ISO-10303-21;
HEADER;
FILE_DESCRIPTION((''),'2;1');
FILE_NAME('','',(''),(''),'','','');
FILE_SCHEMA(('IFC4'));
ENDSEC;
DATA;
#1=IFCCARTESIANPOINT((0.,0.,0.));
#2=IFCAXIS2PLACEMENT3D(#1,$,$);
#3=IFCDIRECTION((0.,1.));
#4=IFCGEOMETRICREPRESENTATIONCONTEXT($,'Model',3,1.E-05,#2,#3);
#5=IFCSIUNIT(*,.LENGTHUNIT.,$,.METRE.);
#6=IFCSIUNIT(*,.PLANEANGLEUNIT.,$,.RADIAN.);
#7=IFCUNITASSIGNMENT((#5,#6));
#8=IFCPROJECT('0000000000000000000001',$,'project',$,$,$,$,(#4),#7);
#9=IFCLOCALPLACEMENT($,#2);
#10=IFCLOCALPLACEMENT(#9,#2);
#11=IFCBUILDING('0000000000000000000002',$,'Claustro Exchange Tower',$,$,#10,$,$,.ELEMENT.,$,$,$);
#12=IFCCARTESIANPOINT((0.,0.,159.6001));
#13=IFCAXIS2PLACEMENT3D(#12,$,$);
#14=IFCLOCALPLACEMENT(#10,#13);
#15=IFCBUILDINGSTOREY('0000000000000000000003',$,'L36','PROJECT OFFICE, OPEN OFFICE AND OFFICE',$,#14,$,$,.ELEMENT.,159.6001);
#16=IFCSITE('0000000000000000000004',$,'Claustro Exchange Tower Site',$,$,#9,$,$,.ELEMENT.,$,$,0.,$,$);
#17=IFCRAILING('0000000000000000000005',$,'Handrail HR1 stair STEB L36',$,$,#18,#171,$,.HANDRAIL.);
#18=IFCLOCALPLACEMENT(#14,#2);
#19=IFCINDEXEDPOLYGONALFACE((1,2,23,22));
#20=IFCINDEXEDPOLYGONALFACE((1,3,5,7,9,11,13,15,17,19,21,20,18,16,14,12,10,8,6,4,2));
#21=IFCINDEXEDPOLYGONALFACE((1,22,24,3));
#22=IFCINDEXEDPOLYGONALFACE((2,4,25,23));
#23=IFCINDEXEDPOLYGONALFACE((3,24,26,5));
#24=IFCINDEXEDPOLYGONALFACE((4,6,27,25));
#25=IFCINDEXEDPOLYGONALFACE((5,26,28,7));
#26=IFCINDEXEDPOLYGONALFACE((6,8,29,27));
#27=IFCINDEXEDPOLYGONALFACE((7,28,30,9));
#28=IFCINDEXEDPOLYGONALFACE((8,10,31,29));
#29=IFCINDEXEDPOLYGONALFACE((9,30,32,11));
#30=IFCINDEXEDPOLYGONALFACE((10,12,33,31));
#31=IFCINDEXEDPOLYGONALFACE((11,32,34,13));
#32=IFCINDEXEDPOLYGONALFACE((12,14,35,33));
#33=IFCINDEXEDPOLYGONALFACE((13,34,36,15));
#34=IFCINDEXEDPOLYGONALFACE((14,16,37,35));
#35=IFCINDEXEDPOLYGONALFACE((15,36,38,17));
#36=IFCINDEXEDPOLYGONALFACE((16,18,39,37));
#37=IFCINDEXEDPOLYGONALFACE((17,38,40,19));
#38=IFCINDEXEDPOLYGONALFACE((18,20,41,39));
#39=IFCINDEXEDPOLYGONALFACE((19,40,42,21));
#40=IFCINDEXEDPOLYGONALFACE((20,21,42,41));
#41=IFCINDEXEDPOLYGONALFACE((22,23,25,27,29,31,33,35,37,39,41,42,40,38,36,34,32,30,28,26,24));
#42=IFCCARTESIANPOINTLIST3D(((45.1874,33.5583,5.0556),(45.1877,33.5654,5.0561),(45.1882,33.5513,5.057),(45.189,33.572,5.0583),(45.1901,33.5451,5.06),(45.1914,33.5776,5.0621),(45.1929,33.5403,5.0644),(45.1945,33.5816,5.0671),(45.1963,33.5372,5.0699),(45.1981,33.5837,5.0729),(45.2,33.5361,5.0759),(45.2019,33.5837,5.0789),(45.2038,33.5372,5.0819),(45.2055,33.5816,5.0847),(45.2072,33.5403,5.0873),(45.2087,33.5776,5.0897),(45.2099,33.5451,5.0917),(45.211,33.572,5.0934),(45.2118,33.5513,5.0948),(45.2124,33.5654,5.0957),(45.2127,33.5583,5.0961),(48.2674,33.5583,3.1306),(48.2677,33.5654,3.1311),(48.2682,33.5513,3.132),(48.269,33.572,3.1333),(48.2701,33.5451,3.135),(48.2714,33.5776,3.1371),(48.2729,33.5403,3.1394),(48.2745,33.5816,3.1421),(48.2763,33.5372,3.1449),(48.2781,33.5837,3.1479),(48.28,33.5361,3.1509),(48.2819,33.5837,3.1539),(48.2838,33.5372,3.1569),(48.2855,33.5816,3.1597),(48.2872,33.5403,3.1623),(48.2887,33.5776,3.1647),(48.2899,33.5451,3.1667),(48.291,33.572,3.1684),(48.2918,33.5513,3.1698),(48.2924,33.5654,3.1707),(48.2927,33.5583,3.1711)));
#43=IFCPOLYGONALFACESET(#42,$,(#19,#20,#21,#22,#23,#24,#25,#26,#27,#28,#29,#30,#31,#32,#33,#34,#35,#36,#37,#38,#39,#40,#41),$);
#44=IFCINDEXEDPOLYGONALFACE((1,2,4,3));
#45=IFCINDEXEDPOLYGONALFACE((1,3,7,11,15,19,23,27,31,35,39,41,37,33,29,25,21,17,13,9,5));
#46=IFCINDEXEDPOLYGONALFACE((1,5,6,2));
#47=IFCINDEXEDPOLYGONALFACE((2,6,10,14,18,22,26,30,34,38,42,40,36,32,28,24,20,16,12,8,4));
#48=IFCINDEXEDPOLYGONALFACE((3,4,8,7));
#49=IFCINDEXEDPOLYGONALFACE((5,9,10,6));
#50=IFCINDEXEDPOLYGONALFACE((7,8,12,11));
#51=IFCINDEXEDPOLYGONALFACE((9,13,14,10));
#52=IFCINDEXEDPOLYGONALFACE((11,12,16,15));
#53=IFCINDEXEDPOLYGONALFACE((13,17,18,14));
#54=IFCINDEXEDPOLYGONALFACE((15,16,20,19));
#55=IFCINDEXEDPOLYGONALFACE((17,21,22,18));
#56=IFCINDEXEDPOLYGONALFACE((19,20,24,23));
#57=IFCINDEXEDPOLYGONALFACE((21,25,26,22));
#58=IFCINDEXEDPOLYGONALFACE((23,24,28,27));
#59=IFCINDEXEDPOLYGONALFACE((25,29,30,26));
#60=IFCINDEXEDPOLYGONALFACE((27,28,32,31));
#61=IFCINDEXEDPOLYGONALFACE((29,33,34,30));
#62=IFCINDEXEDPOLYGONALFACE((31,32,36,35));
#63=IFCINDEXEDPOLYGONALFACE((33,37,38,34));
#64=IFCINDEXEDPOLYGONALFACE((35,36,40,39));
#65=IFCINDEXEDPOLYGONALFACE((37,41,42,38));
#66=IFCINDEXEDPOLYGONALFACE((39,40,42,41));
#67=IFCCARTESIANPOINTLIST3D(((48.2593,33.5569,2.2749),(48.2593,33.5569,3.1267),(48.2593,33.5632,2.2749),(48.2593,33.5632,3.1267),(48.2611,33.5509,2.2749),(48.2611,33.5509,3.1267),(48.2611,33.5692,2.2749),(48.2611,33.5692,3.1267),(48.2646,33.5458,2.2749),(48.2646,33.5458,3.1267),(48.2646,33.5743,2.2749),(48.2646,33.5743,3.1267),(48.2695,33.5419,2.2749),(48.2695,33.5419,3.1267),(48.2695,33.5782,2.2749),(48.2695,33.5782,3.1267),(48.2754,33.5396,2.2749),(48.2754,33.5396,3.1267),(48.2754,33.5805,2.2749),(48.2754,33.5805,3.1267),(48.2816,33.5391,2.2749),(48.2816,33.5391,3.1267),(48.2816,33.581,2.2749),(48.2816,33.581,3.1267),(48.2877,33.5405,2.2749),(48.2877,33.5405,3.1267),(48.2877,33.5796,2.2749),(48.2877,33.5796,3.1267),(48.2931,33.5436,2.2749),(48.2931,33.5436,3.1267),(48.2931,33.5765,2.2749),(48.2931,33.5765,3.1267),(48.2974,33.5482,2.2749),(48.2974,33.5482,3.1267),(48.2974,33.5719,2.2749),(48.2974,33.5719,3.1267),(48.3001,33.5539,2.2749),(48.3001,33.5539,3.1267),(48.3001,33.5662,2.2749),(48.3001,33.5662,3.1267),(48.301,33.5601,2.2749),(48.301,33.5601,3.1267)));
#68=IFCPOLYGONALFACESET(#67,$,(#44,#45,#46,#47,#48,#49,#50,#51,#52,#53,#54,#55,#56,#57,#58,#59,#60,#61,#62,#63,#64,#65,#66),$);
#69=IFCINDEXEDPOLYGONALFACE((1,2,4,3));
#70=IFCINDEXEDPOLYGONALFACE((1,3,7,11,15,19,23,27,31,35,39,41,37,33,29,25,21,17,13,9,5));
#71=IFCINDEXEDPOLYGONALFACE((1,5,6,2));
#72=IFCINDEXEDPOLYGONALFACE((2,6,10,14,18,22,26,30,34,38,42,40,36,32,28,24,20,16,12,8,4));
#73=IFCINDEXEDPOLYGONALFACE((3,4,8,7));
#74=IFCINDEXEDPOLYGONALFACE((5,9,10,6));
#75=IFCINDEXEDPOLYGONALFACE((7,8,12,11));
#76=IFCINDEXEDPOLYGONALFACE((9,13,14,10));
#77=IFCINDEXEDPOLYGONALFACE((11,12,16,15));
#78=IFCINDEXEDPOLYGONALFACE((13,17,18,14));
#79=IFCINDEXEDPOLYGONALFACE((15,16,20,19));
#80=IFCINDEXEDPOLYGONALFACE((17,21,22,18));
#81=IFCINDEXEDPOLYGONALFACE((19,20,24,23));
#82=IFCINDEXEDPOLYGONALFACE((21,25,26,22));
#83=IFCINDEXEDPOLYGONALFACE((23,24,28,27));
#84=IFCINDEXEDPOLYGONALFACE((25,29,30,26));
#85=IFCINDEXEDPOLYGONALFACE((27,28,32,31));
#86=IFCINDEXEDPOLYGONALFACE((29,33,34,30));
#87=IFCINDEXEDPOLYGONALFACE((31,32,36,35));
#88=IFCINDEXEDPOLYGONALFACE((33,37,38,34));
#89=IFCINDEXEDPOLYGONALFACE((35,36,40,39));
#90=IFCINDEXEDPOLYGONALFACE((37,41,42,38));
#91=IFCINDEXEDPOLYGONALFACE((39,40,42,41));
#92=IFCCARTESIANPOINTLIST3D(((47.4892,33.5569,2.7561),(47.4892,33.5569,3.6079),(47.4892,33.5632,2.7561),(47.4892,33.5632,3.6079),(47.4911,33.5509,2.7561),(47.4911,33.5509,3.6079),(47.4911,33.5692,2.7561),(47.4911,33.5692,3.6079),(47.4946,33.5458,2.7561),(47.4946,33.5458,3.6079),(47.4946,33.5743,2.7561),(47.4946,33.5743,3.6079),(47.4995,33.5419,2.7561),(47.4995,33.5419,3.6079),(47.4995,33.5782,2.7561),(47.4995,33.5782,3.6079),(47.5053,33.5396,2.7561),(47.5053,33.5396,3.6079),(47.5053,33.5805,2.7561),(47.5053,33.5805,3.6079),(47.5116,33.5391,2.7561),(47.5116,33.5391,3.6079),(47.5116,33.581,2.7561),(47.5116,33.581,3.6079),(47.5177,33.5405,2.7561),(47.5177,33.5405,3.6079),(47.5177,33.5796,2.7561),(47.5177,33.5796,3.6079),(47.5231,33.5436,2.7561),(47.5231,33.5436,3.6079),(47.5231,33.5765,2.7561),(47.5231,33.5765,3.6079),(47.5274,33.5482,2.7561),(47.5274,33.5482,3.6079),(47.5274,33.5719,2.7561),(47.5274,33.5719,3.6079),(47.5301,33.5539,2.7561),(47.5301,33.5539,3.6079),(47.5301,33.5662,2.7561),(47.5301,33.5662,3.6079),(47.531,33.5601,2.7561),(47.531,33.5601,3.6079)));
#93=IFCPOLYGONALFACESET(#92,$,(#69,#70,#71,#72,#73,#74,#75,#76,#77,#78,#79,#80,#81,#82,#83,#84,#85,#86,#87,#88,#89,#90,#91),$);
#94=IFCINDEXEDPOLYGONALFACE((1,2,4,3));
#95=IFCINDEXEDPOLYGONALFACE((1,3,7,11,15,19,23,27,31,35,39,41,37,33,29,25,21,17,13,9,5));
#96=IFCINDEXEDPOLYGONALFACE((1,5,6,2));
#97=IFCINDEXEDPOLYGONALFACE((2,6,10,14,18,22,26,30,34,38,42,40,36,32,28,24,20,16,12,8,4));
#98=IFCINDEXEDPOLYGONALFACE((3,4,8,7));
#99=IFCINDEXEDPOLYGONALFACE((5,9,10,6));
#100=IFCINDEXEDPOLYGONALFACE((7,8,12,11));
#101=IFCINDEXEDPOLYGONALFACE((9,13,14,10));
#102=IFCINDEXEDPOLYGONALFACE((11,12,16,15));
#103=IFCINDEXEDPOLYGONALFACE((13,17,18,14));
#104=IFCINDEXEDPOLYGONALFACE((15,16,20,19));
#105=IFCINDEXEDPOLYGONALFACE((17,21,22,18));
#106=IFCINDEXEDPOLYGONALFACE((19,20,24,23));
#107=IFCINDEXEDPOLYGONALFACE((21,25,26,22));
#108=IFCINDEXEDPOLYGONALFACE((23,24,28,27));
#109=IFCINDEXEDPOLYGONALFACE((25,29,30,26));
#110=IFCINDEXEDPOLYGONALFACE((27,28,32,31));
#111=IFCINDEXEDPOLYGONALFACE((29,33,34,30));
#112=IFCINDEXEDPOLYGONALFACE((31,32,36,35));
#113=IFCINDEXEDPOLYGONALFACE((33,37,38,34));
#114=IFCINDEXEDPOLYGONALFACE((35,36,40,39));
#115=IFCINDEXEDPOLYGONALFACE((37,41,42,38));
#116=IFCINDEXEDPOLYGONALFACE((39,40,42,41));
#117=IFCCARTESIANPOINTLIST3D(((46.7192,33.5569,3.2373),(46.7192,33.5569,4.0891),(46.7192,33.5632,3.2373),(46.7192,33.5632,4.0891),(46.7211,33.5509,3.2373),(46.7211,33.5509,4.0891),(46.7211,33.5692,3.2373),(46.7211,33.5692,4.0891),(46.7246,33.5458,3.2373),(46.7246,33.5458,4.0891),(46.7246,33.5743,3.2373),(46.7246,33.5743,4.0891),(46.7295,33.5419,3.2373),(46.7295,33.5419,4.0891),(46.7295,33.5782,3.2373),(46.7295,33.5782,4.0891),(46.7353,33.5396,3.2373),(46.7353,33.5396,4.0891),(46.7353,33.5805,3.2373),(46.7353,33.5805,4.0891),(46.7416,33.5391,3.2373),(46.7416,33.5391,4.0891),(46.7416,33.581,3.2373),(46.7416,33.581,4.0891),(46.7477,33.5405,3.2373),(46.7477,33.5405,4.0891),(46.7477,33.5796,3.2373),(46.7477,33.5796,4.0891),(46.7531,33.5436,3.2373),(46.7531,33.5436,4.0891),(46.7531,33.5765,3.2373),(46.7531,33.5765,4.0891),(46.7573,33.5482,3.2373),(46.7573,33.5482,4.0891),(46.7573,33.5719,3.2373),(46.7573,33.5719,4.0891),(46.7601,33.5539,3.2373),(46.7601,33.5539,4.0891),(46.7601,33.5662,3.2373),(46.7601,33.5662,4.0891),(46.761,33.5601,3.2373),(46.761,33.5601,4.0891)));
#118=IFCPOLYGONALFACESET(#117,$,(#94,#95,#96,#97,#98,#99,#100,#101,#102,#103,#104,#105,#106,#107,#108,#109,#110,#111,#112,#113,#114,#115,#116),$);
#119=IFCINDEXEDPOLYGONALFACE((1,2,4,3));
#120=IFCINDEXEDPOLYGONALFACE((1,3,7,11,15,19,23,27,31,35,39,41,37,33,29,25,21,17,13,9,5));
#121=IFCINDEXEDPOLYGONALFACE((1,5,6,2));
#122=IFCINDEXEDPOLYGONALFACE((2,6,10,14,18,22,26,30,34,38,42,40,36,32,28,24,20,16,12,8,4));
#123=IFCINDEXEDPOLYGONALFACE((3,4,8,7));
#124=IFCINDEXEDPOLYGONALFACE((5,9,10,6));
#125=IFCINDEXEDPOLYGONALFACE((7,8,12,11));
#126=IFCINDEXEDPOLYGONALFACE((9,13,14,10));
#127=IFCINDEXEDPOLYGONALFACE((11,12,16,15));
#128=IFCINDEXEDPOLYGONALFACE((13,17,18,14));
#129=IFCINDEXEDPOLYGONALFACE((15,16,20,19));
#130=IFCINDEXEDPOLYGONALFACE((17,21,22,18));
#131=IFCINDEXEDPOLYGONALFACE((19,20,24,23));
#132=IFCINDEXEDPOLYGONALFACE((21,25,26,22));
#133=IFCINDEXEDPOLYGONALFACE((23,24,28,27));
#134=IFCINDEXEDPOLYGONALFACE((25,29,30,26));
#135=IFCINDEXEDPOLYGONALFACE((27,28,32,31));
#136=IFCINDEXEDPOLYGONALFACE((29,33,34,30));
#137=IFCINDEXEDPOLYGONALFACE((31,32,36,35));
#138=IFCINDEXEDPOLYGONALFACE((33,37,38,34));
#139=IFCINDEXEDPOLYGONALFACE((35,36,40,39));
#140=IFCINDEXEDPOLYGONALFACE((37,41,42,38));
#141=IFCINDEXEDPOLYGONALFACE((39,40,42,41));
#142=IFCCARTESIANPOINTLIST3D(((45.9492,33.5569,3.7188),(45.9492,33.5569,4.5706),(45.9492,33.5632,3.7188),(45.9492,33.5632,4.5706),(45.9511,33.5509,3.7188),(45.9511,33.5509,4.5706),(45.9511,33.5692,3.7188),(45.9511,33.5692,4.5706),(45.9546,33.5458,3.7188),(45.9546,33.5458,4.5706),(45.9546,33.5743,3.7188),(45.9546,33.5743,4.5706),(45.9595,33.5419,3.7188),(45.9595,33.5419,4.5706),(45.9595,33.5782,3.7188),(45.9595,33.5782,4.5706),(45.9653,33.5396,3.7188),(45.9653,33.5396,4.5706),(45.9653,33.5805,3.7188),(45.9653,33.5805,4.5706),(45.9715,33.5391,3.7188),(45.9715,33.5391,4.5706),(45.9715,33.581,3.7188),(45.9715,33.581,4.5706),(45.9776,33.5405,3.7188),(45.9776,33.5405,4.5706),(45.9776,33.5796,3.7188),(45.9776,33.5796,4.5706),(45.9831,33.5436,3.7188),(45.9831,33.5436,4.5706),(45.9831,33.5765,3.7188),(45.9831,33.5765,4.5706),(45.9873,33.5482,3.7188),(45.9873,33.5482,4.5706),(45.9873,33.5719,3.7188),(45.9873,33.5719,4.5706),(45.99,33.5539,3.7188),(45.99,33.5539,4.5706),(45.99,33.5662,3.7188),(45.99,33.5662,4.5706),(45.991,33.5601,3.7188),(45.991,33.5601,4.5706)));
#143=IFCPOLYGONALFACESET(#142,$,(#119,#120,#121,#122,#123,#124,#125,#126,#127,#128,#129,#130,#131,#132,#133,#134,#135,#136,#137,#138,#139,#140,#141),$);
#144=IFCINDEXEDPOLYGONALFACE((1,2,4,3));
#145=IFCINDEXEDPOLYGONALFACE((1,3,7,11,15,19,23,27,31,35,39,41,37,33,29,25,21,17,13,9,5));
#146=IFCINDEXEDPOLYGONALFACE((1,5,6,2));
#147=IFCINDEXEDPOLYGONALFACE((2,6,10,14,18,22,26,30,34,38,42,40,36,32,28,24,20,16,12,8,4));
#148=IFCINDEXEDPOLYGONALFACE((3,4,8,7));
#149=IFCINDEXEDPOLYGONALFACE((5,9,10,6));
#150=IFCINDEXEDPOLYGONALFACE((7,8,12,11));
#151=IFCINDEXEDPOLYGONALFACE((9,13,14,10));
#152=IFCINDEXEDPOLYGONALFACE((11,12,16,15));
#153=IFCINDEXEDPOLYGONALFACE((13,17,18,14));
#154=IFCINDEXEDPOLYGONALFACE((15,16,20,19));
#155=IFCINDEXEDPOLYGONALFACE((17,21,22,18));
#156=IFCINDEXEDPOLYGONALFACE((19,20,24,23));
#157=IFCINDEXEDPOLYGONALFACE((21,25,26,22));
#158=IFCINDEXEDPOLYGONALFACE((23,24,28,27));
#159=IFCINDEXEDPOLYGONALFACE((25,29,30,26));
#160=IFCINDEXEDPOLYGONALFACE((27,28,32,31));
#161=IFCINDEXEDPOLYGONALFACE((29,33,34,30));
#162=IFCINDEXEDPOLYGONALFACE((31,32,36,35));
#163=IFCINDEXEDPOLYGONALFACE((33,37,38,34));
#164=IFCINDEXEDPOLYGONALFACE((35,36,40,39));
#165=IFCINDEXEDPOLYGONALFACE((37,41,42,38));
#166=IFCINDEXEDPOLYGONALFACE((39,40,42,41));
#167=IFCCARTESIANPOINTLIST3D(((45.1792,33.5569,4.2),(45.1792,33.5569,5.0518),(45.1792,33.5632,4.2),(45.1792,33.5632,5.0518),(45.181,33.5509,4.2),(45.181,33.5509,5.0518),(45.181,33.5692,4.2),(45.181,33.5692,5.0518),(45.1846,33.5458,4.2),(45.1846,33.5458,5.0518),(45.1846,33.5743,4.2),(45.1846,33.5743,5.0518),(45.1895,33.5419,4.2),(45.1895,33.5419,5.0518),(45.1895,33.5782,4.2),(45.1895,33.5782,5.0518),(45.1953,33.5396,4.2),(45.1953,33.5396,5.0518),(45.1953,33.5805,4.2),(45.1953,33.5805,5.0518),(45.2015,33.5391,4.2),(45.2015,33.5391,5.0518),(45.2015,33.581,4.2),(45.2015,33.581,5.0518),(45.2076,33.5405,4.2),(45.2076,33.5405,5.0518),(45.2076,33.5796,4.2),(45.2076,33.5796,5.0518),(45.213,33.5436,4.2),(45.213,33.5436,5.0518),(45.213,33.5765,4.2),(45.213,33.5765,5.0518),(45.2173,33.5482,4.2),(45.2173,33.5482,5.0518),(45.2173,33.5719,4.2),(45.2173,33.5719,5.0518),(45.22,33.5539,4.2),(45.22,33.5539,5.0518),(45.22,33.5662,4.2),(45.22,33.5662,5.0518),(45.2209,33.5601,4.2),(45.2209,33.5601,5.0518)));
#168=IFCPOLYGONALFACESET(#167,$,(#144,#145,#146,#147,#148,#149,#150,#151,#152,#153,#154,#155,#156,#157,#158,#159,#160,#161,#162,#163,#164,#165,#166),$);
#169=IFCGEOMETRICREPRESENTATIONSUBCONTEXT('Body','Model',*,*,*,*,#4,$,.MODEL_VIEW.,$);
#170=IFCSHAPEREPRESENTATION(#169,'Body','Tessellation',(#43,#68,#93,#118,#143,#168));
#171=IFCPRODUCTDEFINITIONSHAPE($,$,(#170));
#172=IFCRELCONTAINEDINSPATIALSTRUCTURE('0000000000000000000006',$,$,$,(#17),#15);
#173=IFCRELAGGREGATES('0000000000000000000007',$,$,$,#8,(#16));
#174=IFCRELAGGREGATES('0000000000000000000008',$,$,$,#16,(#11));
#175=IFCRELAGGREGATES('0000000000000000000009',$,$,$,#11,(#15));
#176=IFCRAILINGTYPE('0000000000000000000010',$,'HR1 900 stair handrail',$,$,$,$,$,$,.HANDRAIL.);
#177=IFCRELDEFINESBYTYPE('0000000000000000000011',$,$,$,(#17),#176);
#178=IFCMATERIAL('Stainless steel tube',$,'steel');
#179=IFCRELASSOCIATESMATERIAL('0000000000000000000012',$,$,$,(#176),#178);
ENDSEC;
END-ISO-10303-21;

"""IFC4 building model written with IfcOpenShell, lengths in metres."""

from ifc_helpers import new_model, si_unit, direction, frame, origin, origin_2d, place, context, subcontext, project, spatial, circle, extrude, material, type_object, element, save


model = new_model("IFC4")

# Units and contexts
model_context = context("Model", 3, precision=1e-05, world=origin(), true_north=direction((0.0, 1.0)))
body_context = subcontext(model_context, "Body", "Model", "MODEL_VIEW")
ifc_project = project(units=[si_unit("LENGTHUNIT", "METRE"), si_unit("PLANEANGLEUNIT", "RADIAN")], contexts=[model_context])

# Site, building, storey
site_placement = place(None, origin())
site = spatial("IfcSite", under=ifc_project, at=site_placement, Name="Claustro Exchange Tower Site", CompositionType="ELEMENT", RefElevation=0.0)
building_placement = place(site_placement, origin())
building = spatial("IfcBuilding", under=site, at=building_placement, Name="Claustro Exchange Tower", CompositionType="ELEMENT")
storey_placement = place(building_placement, frame((0.0, 0.0, 159.6001)))
storey = spatial("IfcBuildingStorey", under=building, at=storey_placement, Name="L36", Description="PROJECT OFFICE, OPEN OFFICE AND OFFICE", CompositionType="ELEMENT", Elevation=159.6001)

# Railing
ifc_material_1 = material(Name="Stainless steel tube", Category="steel")
railing_type_1 = type_object("IfcRailingType", Name="HR1 900 stair handrail", PredefinedType="HANDRAIL", material=ifc_material_1)
railing_1_placement = place(storey_placement, frame((48.28, 33.5601, 2.2749)))
element("IfcRailing", 1, at=railing_1_placement, inside=storey, type_object=railing_type_1, Name="Handrail HR1 stair STEB L36", PredefinedType="HANDRAIL", context=body_context, shape_type="SweptSolid", body=[
    extrude(circle(Radius=0.0239, at=origin_2d()), frame((0.0, 0.0, 0.876), z_axis=(-0.847998, 0.0, 0.529999), x_axis=(0.0, -1.0, 0.0)), (0.0, 0.0, 1.0), 3.6321),
    extrude(circle(Radius=0.021, at=origin_2d()), origin(), (0.0, 0.0, 1.0), 0.8518),
    extrude(circle(Radius=0.021, at=origin_2d()), frame((-0.77, 0.0, 0.4812)), (0.0, 0.0, 1.0), 0.8518),
    extrude(circle(Radius=0.021, at=origin_2d()), frame((-1.54, 0.0, 0.9624)), (0.0, 0.0, 1.0), 0.8518),
    extrude(circle(Radius=0.021, at=origin_2d()), frame((-2.3101, 0.0, 1.4438)), (0.0, 0.0, 1.0), 0.8518),
    extrude(circle(Radius=0.021, at=origin_2d()), frame((-3.0801, 0.0, 1.925)), (0.0, 0.0, 1.0), 0.8518),
])

save(model, "model.ifc")
